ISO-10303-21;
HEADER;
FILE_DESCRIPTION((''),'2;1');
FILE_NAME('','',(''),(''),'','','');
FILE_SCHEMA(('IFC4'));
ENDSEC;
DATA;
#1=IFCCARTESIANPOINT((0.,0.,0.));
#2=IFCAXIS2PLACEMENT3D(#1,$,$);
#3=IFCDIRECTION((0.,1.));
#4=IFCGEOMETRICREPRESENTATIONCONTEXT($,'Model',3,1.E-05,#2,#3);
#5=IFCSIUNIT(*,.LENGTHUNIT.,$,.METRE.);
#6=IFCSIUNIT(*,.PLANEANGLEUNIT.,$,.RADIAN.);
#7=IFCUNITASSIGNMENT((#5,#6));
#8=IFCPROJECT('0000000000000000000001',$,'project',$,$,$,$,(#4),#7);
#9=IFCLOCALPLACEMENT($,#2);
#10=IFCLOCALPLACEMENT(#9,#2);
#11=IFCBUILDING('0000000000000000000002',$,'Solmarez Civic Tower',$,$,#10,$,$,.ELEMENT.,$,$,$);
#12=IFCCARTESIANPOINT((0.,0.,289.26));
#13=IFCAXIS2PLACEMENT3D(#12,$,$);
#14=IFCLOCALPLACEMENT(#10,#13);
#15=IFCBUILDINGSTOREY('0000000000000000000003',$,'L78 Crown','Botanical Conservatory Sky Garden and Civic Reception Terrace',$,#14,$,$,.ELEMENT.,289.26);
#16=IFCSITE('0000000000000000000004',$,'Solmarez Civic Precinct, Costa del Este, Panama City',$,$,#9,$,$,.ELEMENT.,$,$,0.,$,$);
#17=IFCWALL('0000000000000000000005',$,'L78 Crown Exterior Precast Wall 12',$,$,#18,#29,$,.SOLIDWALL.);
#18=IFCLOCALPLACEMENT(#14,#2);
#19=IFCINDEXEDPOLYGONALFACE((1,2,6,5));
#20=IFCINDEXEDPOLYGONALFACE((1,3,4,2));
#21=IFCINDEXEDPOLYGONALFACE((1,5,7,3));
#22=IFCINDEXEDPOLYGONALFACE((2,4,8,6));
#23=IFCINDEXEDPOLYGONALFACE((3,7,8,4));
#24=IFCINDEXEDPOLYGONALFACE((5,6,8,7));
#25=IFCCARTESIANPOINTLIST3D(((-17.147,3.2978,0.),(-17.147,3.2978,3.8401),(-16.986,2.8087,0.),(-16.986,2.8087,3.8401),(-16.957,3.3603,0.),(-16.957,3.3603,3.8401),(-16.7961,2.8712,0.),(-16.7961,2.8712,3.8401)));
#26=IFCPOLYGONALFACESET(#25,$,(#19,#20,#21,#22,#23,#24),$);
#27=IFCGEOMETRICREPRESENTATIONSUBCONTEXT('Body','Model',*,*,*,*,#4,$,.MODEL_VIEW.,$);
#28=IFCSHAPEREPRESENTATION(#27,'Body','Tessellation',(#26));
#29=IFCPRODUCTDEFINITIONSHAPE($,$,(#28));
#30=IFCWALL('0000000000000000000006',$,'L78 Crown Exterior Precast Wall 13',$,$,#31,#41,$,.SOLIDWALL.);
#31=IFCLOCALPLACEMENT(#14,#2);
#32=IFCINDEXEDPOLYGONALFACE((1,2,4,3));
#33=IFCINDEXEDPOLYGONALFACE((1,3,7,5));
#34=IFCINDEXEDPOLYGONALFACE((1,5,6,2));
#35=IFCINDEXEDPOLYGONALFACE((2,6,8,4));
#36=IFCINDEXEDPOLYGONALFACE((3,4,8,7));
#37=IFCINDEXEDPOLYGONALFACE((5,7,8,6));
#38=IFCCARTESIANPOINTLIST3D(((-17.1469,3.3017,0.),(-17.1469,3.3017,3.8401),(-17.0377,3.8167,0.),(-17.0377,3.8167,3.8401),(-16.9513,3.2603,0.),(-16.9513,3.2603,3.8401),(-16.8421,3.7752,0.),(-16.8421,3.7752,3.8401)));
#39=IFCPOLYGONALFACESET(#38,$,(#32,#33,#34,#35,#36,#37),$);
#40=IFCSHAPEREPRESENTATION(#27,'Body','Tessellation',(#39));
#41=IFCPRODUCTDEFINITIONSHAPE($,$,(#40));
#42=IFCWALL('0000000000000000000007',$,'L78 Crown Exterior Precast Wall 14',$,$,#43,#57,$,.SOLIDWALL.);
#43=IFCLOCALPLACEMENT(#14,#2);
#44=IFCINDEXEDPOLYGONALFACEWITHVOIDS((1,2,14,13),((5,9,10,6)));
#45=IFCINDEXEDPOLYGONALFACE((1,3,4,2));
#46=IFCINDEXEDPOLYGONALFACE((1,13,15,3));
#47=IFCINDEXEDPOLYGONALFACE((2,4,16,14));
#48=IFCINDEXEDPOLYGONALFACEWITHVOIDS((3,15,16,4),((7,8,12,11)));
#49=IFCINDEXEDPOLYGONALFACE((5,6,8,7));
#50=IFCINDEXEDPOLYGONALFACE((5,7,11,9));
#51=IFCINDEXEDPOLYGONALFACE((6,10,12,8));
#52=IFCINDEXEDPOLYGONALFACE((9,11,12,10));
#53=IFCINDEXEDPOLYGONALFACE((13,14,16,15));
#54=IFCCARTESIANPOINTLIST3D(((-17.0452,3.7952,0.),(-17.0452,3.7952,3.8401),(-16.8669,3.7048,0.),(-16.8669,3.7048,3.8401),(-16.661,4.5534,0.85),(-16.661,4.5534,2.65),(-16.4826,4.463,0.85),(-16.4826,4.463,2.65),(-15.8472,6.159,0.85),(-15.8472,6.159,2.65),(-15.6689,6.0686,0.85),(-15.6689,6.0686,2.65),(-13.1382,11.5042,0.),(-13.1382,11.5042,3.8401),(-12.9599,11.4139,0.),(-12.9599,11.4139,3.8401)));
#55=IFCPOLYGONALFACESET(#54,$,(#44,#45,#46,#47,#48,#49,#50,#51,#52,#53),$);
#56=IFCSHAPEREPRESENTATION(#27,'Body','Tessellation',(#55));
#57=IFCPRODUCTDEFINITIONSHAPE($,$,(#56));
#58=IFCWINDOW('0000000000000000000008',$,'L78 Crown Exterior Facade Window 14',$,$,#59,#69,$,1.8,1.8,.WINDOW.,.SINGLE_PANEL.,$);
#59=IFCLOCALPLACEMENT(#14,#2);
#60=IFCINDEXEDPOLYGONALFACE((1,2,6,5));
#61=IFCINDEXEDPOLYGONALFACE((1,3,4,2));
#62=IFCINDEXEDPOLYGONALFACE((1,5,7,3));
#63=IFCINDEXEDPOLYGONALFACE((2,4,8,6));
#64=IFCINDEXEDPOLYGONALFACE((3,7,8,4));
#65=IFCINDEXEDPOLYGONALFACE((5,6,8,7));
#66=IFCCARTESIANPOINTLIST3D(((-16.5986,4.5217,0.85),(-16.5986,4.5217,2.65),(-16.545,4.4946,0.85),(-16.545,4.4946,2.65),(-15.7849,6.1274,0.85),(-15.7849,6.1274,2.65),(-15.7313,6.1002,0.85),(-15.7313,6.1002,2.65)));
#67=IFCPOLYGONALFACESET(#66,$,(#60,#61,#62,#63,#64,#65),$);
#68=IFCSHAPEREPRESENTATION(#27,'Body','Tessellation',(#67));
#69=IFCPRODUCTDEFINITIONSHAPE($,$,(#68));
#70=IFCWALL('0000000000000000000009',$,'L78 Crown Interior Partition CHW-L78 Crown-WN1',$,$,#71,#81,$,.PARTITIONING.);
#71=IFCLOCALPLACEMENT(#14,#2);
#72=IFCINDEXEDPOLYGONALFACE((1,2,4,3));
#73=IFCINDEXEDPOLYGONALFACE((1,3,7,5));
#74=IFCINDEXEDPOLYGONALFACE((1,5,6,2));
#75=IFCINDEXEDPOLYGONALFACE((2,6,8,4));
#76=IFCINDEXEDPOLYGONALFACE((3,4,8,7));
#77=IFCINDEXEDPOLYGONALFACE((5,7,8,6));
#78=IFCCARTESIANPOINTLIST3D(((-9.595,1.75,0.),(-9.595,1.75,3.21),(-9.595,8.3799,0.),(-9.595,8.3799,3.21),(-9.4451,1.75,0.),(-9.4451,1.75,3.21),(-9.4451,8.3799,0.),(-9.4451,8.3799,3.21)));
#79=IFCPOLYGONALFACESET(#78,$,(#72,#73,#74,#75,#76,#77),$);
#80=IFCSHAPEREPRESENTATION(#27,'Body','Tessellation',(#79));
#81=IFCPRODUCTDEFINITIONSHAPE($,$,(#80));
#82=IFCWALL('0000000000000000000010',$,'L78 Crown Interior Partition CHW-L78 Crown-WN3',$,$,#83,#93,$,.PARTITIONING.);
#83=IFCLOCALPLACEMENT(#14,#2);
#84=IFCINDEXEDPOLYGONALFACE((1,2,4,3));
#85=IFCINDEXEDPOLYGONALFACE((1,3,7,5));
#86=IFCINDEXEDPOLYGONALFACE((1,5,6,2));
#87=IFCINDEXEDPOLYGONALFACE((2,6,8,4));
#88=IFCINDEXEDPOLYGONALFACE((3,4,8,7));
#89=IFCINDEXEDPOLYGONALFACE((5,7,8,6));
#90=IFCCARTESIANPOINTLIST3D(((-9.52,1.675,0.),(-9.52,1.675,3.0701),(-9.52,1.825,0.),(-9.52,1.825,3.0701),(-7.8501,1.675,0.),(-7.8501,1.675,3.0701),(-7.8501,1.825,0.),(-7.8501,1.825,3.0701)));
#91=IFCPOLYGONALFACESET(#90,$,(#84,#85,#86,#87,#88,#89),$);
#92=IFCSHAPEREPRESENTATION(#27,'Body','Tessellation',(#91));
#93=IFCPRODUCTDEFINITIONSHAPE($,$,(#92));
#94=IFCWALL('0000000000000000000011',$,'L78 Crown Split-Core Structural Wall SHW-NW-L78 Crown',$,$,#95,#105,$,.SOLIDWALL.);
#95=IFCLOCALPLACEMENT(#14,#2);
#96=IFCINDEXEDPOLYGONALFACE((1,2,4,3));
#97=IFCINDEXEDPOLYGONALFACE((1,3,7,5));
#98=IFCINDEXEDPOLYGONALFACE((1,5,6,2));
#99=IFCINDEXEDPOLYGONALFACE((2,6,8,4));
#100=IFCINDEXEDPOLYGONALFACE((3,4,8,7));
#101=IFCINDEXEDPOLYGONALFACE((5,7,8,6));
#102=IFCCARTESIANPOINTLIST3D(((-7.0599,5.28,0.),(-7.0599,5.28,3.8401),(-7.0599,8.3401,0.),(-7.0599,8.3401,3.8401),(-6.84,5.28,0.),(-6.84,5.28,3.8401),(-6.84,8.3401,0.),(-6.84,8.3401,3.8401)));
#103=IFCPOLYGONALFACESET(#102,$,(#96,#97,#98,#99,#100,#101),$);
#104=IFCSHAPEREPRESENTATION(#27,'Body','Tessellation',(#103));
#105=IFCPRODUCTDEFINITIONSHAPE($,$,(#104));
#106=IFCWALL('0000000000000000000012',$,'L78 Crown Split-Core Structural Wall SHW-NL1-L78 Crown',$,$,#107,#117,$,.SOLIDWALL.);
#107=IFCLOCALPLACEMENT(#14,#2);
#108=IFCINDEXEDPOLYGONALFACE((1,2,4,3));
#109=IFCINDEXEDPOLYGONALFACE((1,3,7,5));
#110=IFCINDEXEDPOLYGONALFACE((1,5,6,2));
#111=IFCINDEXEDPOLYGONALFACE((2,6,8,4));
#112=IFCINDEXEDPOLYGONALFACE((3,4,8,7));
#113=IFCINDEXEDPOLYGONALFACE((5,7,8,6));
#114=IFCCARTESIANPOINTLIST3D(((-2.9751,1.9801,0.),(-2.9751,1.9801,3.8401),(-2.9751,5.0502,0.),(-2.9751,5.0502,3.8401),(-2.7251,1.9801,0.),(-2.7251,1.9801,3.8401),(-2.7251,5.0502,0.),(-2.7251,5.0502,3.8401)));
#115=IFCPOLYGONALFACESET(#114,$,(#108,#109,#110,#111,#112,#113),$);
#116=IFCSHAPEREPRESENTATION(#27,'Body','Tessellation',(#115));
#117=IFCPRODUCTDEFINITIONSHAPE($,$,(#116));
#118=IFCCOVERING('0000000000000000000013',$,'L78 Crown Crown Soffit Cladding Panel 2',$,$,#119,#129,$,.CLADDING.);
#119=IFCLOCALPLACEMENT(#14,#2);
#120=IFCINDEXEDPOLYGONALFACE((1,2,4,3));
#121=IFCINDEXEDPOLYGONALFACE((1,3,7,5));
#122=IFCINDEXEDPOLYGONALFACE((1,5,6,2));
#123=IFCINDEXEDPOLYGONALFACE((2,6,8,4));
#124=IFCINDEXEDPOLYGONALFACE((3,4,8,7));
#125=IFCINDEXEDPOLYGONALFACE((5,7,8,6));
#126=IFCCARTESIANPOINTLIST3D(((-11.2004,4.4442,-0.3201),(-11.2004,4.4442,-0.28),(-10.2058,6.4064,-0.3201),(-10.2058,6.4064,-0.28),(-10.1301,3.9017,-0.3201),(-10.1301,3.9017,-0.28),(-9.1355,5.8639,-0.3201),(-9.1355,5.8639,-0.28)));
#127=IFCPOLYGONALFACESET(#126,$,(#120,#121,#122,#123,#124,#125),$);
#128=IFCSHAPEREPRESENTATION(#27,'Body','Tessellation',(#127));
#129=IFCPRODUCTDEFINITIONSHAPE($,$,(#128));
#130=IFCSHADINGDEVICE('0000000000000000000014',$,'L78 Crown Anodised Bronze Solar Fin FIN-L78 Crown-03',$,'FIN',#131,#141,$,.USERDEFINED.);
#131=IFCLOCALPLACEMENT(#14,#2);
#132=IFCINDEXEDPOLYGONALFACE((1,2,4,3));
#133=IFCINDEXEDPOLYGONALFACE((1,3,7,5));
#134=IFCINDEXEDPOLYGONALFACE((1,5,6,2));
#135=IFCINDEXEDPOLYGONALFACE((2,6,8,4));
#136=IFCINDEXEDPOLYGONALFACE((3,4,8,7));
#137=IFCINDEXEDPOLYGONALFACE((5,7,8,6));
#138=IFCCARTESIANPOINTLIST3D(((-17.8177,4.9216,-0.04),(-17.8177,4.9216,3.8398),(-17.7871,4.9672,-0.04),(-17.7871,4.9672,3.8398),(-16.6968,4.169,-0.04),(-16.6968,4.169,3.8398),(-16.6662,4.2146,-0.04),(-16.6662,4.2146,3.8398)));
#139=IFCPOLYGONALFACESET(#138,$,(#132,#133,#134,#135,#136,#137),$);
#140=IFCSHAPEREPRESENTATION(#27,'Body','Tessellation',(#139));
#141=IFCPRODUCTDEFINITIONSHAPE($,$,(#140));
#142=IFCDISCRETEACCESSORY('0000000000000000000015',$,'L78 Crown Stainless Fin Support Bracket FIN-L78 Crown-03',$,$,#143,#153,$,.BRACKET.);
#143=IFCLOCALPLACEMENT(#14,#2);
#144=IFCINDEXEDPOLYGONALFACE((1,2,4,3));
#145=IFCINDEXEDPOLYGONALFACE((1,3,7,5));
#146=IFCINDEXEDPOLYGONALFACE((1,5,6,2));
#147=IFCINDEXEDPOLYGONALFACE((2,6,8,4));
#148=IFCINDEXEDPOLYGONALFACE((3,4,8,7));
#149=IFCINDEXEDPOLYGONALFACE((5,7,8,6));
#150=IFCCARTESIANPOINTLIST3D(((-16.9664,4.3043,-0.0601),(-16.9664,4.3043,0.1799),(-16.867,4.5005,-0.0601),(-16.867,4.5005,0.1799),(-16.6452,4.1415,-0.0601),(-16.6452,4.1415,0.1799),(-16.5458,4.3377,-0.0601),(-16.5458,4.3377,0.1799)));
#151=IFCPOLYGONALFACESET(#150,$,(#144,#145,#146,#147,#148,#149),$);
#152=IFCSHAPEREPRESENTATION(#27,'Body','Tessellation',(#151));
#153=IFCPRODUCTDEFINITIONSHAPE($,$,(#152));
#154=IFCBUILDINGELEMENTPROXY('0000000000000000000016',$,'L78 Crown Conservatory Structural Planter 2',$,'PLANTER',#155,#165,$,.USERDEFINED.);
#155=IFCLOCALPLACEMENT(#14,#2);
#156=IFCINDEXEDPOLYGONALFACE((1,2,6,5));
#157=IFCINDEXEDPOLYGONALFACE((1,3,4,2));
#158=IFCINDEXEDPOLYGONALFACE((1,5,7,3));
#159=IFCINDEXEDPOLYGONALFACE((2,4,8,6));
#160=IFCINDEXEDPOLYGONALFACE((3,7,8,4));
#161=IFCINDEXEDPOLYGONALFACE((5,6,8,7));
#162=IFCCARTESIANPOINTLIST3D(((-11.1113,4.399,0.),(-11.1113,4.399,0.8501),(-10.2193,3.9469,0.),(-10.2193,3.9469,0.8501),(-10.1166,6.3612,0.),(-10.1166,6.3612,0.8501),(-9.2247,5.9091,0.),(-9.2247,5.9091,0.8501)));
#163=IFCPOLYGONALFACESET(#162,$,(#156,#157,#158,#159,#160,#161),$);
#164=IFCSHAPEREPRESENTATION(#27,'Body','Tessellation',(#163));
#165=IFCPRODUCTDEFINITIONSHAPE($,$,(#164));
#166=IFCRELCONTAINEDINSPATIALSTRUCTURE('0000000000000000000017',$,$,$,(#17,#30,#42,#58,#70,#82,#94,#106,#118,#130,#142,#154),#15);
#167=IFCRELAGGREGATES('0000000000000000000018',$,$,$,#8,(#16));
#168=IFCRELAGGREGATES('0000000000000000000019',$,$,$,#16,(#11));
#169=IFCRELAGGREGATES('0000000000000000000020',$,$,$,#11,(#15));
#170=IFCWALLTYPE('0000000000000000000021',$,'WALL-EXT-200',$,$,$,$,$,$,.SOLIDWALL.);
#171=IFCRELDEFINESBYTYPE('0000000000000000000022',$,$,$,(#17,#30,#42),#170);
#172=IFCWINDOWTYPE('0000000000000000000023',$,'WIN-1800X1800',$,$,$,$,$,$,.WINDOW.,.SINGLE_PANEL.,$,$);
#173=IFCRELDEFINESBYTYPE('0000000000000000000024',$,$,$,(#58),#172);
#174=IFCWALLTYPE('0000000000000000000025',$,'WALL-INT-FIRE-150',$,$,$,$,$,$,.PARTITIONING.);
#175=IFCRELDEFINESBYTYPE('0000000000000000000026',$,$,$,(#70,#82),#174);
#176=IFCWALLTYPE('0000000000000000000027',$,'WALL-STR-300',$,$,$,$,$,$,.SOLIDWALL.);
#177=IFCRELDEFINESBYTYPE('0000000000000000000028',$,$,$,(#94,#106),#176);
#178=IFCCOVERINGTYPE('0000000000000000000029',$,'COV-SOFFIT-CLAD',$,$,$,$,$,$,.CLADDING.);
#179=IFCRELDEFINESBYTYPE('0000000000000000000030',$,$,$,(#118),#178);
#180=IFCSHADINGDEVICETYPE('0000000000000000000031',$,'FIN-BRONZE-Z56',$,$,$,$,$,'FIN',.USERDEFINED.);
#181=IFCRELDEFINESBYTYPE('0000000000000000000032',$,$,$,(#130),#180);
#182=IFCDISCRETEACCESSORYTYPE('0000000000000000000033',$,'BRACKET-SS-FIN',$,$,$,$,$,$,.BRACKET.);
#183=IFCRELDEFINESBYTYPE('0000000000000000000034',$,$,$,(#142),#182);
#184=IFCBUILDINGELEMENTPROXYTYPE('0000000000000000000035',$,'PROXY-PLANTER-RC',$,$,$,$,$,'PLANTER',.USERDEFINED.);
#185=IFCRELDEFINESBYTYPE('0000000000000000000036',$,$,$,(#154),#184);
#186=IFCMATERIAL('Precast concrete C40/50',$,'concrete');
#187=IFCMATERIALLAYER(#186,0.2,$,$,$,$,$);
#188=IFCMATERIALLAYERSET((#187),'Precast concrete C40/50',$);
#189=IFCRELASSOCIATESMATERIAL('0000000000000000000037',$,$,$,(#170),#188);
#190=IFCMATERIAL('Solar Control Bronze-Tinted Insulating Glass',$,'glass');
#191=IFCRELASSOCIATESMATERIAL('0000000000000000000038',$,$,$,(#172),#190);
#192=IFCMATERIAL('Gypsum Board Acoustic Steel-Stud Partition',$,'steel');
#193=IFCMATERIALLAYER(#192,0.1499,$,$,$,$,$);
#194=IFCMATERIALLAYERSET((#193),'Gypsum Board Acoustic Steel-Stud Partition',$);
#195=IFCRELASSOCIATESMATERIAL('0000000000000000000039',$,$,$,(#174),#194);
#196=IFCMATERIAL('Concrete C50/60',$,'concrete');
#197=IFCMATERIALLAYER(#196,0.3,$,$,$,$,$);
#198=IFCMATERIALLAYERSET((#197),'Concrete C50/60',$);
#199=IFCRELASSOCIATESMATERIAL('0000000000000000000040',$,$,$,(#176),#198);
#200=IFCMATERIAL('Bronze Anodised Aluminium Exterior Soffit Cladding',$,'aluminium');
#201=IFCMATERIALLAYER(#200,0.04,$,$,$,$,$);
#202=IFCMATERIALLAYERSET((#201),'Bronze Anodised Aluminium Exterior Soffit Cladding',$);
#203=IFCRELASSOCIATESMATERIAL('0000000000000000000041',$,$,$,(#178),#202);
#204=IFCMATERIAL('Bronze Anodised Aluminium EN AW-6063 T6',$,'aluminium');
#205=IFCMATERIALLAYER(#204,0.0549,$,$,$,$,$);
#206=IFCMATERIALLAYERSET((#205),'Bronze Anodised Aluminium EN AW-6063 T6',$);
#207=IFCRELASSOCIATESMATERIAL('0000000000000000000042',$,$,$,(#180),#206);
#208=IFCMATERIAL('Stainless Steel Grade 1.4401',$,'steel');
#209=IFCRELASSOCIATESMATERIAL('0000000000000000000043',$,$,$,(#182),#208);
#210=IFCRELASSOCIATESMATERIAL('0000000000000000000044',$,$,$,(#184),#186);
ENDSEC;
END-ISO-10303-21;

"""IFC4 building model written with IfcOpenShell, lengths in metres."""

from ifc_helpers import new_model, si_unit, direction, frame, frame_2d, origin, origin_2d, place, context, subcontext, project, spatial, rectangle, extrude, material, layer, layer_set, type_object, element, fill, save


model = new_model("IFC4")

# Units and contexts
model_context = context("Model", 3, precision=1e-05, world=origin(), true_north=direction((0.0, 1.0)))
body_context = subcontext(model_context, "Body", "Model", "MODEL_VIEW")
ifc_project = project(units=[si_unit("LENGTHUNIT", "METRE"), si_unit("PLANEANGLEUNIT", "RADIAN")], contexts=[model_context])

# Site, building, storey
site_placement = place(None, origin())
site = spatial("IfcSite", under=ifc_project, at=site_placement, Name="Solmarez Civic Precinct, Costa del Este, Panama City", CompositionType="ELEMENT", RefElevation=0.0)
building_placement = place(site_placement, origin())
building = spatial("IfcBuilding", under=site, at=building_placement, Name="Solmarez Civic Tower", CompositionType="ELEMENT")
storey_placement = place(building_placement, frame((0.0, 0.0, 289.26)))
storey = spatial("IfcBuildingStorey", under=building, at=storey_placement, Name="L78 Crown", Description="Botanical Conservatory Sky Garden and Civic Reception Terrace", CompositionType="ELEMENT", Elevation=289.26)

# Shared definitions
ifc_material_1 = material(Name="Bronze Anodised Aluminium EN AW-6063 T6", Category="aluminium")

# Walls
ifc_material_2 = material(Name="Concrete C50/60", Category="concrete")
ifc_material_3 = material(Name="Precast concrete C40/50", Category="concrete")
ifc_layer_1 = layer(ifc_material_3, 0.2)
ifc_layer_set_1 = layer_set([ifc_layer_1], Name="Precast concrete C40/50")
wall_type_1 = type_object("IfcWallType", Name="WALL-EXT-200", PredefinedType="SOLIDWALL", material=ifc_layer_set_1)
wall_1_placement = place(storey_placement, frame((-16.8911, 2.8401, 0.0), z_axis=(0.0, 0.0, 1.0), x_axis=(-0.312526, 0.949909, 0.0)))
element("IfcWall", 1, at=wall_1_placement, inside=storey, type_object=wall_type_1, Name="L78 Crown Exterior Precast Wall 12", PredefinedType="SOLIDWALL", context=body_context, shape_type="SweptSolid", body=[
    extrude(rectangle(XDim=0.5149, YDim=0.2, at=frame_2d((0.2573, 0.0))), origin(), (0.0, 0.0, 1.0), 3.8401),
])
wall_2_placement = place(storey_placement, frame((-17.0491, 3.281, 0.0), z_axis=(0.0, 0.0, 1.0), x_axis=(0.207343, 0.978268, 0.0)))
element("IfcWall", 2, at=wall_2_placement, inside=storey, type_object=wall_type_1, Name="L78 Crown Exterior Precast Wall 13", PredefinedType="SOLIDWALL", context=body_context, shape_type="SweptSolid", body=[
    extrude(rectangle(XDim=0.5264, YDim=0.2, at=frame_2d((0.2632, 0.0))), origin(), (0.0, 0.0, 1.0), 3.8401),
])

# Wall, opening, window
wall_3_placement = place(storey_placement, frame((-16.9561, 3.75, 0.0), z_axis=(0.0, 0.0, 1.0), x_axis=(0.452066, 0.891985, 0.0)))
wall_3 = element("IfcWall", 3, at=wall_3_placement, inside=storey, type_object=wall_type_1, Name="L78 Crown Exterior Precast Wall 14", PredefinedType="SOLIDWALL", context=body_context, shape_type="SweptSolid", body=[
    extrude(rectangle(XDim=8.6426, YDim=0.2, at=frame_2d((4.3213, 0.0))), origin(), (0.0, 0.0, 1.0), 3.8401),
])
opening_placement = place(wall_3_placement, frame((0.8501, 0.0, 0.8501)))
opening = element("IfcOpeningElement", 4, at=opening_placement, cuts=wall_3, PredefinedType="OPENING", context=body_context, shape_type="SweptSolid", body=[
    extrude(rectangle(XDim=1.8, YDim=1.8, at=frame_2d((0.8999, 0.8999))), frame((0.0, 0.1099, 0.0), z_axis=(0.0, -1.0, 0.0), x_axis=(1.0, 0.0, 0.0)), (0.0, 0.0, 1.0), 0.22),
])
ifc_material_4 = material(Name="Solar Control Bronze-Tinted Insulating Glass", Category="glass")
window_type = type_object("IfcWindowType", Name="WIN-1800X1800", PartitioningType="SINGLE_PANEL", PredefinedType="WINDOW", material=ifc_material_4)
window_placement = place(opening_placement, origin())
window = element("IfcWindow", 5, at=window_placement, inside=storey, type_object=window_type, Name="L78 Crown Exterior Facade Window 14", OverallHeight=1.8, OverallWidth=1.8, PartitioningType="SINGLE_PANEL", PredefinedType="WINDOW", context=body_context, shape_type="SweptSolid", body=[
    extrude(rectangle(XDim=1.8, YDim=1.8, at=frame_2d((0.8999, 0.8999))), frame((0.0, 0.03, 0.0), z_axis=(0.0, -1.0, 0.0), x_axis=(1.0, 0.0, 0.0)), (0.0, 0.0, 1.0), 0.0601),
])
fill(opening, window)

# Walls
ifc_material_5 = material(Name="Gypsum Board Acoustic Steel-Stud Partition", Category="steel")
ifc_layer_2 = layer(ifc_material_5, 0.1499)
ifc_layer_set_2 = layer_set([ifc_layer_2], Name="Gypsum Board Acoustic Steel-Stud Partition")
wall_type_2 = type_object("IfcWallType", Name="WALL-INT-FIRE-150", PredefinedType="PARTITIONING", material=ifc_layer_set_2)
wall_4_placement = place(storey_placement, frame((-9.52, 1.75, 0.0), z_axis=(0.0, 0.0, 1.0), x_axis=(0.0, 1.0, 0.0)))
element("IfcWall", 6, at=wall_4_placement, inside=storey, type_object=wall_type_2, Name="L78 Crown Interior Partition CHW-L78 Crown-WN1", PredefinedType="PARTITIONING", context=body_context, shape_type="SweptSolid", body=[
    extrude(rectangle(XDim=6.6299, YDim=0.1499, at=frame_2d((3.3149, 0.0))), origin(), (0.0, 0.0, 1.0), 3.21),
])
wall_5_placement = place(storey_placement, frame((-7.8501, 1.75, 0.0), z_axis=(0.0, 0.0, 1.0), x_axis=(-1.0, 0.0, 0.0)))
element("IfcWall", 7, at=wall_5_placement, inside=storey, type_object=wall_type_2, Name="L78 Crown Interior Partition CHW-L78 Crown-WN3", PredefinedType="PARTITIONING", context=body_context, shape_type="SweptSolid", body=[
    extrude(rectangle(XDim=1.6699, YDim=0.1499, at=frame_2d((0.835, 0.0))), origin(), (0.0, 0.0, 1.0), 3.0701),
])
ifc_layer_3 = layer(ifc_material_2, 0.3)
ifc_layer_set_3 = layer_set([ifc_layer_3], Name="Concrete C50/60")
wall_type_3 = type_object("IfcWallType", Name="WALL-STR-300", PredefinedType="SOLIDWALL", material=ifc_layer_set_3)
wall_6_placement = place(storey_placement, frame((-6.95, 5.28, 0.0), z_axis=(0.0, 0.0, 1.0), x_axis=(0.0, 1.0, 0.0)))
element("IfcWall", 8, at=wall_6_placement, inside=storey, type_object=wall_type_3, Name="L78 Crown Split-Core Structural Wall SHW-NW-L78 Crown", PredefinedType="SOLIDWALL", context=body_context, shape_type="SweptSolid", body=[
    extrude(rectangle(XDim=3.0601, YDim=0.22, at=frame_2d((1.53, 0.0))), origin(), (0.0, 0.0, 1.0), 3.8401),
])
wall_7_placement = place(storey_placement, frame((-2.8501, 1.98, 0.0), z_axis=(0.0, 0.0, 1.0), x_axis=(0.0, 1.0, 0.0)))
element("IfcWall", 9, at=wall_7_placement, inside=storey, type_object=wall_type_3, Name="L78 Crown Split-Core Structural Wall SHW-NL1-L78 Crown", PredefinedType="SOLIDWALL", context=body_context, shape_type="SweptSolid", body=[
    extrude(rectangle(XDim=3.0701, YDim=0.25, at=frame_2d((1.5352, 0.0))), origin(), (0.0, 0.0, 1.0), 3.8401),
])

# Covering
ifc_material_6 = material(Name="Bronze Anodised Aluminium Exterior Soffit Cladding", Category="aluminium")
ifc_layer_4 = layer(ifc_material_6, 0.04)
ifc_layer_set_4 = layer_set([ifc_layer_4], Name="Bronze Anodised Aluminium Exterior Soffit Cladding")
covering_type = type_object("IfcCoveringType", Name="COV-SOFFIT-CLAD", PredefinedType="CLADDING", material=ifc_layer_set_4)
covering_placement = place(storey_placement, frame((-10.168, 5.1541, -0.3201), z_axis=(0.0, 0.0, 1.0), x_axis=(0.452123, 0.891955, 0.0)))
element("IfcCovering", 10, at=covering_placement, inside=storey, type_object=covering_type, Name="L78 Crown Crown Soffit Cladding Panel 2", PredefinedType="CLADDING", context=body_context, shape_type="SweptSolid", body=[
    extrude(rectangle(XDim=2.2, YDim=1.2, at=origin_2d()), origin(), (0.0, 0.0, 1.0), 0.04),
])

# Shading device
ifc_layer_5 = layer(ifc_material_1, 0.0549)
ifc_layer_set_5 = layer_set([ifc_layer_5], Name="Bronze Anodised Aluminium EN AW-6063 T6")
shading_device_type = type_object("IfcShadingDeviceType", Name="FIN-BRONZE-Z56", ElementType="FIN", PredefinedType="USERDEFINED", material=ifc_layer_set_5)
shading_device_placement = place(storey_placement, frame((-17.2419, 4.5681, -0.04), z_axis=(0.0, 0.0, 1.0), x_axis=(-0.830226, 0.557426, 0.0)))
element("IfcShadingDevice", 11, at=shading_device_placement, inside=storey, type_object=shading_device_type, Name="L78 Crown Anodised Bronze Solar Fin FIN-L78 Crown-03", ObjectType="FIN", PredefinedType="USERDEFINED", context=body_context, shape_type="SweptSolid", body=[
    extrude(rectangle(XDim=1.3501, YDim=0.0549, at=origin_2d()), origin(), (0.0, 0.0, 1.0), 3.8799),
])

# Discrete accessory
ifc_material_7 = material(Name="Stainless Steel Grade 1.4401", Category="steel")
discrete_accessory_type = type_object("IfcDiscreteAccessoryType", Name="BRACKET-SS-FIN", PredefinedType="BRACKET", material=ifc_material_7)
discrete_accessory_placement = place(storey_placement, frame((-16.7561, 4.321, -0.0601), z_axis=(0.0, 0.0, 1.0), x_axis=(-0.89197, 0.452094, 0.0)))
element("IfcDiscreteAccessory", 12, at=discrete_accessory_placement, inside=storey, type_object=discrete_accessory_type, Name="L78 Crown Stainless Fin Support Bracket FIN-L78 Crown-03", PredefinedType="BRACKET", context=body_context, shape_type="SweptSolid", body=[
    extrude(rectangle(XDim=0.3601, YDim=0.22, at=origin_2d()), origin(), (0.0, 0.0, 1.0), 0.24),
])

# Building element proxy
building_element_proxy_type = type_object("IfcBuildingElementProxyType", Name="PROXY-PLANTER-RC", ElementType="PLANTER", PredefinedType="USERDEFINED", material=ifc_material_3)
proxy_placement = place(storey_placement, frame((-10.168, 5.1541, 0.0), z_axis=(0.0, 0.0, 1.0), x_axis=(0.452123, 0.891955, 0.0)))
element("IfcBuildingElementProxy", 13, at=proxy_placement, inside=storey, type_object=building_element_proxy_type, Name="L78 Crown Conservatory Structural Planter 2", ObjectType="PLANTER", PredefinedType="USERDEFINED", context=body_context, shape_type="SweptSolid", body=[
    extrude(rectangle(XDim=2.2, YDim=1.0, at=origin_2d()), origin(), (0.0, 0.0, 1.0), 0.8501),
])

save(model, "model.ifc")
